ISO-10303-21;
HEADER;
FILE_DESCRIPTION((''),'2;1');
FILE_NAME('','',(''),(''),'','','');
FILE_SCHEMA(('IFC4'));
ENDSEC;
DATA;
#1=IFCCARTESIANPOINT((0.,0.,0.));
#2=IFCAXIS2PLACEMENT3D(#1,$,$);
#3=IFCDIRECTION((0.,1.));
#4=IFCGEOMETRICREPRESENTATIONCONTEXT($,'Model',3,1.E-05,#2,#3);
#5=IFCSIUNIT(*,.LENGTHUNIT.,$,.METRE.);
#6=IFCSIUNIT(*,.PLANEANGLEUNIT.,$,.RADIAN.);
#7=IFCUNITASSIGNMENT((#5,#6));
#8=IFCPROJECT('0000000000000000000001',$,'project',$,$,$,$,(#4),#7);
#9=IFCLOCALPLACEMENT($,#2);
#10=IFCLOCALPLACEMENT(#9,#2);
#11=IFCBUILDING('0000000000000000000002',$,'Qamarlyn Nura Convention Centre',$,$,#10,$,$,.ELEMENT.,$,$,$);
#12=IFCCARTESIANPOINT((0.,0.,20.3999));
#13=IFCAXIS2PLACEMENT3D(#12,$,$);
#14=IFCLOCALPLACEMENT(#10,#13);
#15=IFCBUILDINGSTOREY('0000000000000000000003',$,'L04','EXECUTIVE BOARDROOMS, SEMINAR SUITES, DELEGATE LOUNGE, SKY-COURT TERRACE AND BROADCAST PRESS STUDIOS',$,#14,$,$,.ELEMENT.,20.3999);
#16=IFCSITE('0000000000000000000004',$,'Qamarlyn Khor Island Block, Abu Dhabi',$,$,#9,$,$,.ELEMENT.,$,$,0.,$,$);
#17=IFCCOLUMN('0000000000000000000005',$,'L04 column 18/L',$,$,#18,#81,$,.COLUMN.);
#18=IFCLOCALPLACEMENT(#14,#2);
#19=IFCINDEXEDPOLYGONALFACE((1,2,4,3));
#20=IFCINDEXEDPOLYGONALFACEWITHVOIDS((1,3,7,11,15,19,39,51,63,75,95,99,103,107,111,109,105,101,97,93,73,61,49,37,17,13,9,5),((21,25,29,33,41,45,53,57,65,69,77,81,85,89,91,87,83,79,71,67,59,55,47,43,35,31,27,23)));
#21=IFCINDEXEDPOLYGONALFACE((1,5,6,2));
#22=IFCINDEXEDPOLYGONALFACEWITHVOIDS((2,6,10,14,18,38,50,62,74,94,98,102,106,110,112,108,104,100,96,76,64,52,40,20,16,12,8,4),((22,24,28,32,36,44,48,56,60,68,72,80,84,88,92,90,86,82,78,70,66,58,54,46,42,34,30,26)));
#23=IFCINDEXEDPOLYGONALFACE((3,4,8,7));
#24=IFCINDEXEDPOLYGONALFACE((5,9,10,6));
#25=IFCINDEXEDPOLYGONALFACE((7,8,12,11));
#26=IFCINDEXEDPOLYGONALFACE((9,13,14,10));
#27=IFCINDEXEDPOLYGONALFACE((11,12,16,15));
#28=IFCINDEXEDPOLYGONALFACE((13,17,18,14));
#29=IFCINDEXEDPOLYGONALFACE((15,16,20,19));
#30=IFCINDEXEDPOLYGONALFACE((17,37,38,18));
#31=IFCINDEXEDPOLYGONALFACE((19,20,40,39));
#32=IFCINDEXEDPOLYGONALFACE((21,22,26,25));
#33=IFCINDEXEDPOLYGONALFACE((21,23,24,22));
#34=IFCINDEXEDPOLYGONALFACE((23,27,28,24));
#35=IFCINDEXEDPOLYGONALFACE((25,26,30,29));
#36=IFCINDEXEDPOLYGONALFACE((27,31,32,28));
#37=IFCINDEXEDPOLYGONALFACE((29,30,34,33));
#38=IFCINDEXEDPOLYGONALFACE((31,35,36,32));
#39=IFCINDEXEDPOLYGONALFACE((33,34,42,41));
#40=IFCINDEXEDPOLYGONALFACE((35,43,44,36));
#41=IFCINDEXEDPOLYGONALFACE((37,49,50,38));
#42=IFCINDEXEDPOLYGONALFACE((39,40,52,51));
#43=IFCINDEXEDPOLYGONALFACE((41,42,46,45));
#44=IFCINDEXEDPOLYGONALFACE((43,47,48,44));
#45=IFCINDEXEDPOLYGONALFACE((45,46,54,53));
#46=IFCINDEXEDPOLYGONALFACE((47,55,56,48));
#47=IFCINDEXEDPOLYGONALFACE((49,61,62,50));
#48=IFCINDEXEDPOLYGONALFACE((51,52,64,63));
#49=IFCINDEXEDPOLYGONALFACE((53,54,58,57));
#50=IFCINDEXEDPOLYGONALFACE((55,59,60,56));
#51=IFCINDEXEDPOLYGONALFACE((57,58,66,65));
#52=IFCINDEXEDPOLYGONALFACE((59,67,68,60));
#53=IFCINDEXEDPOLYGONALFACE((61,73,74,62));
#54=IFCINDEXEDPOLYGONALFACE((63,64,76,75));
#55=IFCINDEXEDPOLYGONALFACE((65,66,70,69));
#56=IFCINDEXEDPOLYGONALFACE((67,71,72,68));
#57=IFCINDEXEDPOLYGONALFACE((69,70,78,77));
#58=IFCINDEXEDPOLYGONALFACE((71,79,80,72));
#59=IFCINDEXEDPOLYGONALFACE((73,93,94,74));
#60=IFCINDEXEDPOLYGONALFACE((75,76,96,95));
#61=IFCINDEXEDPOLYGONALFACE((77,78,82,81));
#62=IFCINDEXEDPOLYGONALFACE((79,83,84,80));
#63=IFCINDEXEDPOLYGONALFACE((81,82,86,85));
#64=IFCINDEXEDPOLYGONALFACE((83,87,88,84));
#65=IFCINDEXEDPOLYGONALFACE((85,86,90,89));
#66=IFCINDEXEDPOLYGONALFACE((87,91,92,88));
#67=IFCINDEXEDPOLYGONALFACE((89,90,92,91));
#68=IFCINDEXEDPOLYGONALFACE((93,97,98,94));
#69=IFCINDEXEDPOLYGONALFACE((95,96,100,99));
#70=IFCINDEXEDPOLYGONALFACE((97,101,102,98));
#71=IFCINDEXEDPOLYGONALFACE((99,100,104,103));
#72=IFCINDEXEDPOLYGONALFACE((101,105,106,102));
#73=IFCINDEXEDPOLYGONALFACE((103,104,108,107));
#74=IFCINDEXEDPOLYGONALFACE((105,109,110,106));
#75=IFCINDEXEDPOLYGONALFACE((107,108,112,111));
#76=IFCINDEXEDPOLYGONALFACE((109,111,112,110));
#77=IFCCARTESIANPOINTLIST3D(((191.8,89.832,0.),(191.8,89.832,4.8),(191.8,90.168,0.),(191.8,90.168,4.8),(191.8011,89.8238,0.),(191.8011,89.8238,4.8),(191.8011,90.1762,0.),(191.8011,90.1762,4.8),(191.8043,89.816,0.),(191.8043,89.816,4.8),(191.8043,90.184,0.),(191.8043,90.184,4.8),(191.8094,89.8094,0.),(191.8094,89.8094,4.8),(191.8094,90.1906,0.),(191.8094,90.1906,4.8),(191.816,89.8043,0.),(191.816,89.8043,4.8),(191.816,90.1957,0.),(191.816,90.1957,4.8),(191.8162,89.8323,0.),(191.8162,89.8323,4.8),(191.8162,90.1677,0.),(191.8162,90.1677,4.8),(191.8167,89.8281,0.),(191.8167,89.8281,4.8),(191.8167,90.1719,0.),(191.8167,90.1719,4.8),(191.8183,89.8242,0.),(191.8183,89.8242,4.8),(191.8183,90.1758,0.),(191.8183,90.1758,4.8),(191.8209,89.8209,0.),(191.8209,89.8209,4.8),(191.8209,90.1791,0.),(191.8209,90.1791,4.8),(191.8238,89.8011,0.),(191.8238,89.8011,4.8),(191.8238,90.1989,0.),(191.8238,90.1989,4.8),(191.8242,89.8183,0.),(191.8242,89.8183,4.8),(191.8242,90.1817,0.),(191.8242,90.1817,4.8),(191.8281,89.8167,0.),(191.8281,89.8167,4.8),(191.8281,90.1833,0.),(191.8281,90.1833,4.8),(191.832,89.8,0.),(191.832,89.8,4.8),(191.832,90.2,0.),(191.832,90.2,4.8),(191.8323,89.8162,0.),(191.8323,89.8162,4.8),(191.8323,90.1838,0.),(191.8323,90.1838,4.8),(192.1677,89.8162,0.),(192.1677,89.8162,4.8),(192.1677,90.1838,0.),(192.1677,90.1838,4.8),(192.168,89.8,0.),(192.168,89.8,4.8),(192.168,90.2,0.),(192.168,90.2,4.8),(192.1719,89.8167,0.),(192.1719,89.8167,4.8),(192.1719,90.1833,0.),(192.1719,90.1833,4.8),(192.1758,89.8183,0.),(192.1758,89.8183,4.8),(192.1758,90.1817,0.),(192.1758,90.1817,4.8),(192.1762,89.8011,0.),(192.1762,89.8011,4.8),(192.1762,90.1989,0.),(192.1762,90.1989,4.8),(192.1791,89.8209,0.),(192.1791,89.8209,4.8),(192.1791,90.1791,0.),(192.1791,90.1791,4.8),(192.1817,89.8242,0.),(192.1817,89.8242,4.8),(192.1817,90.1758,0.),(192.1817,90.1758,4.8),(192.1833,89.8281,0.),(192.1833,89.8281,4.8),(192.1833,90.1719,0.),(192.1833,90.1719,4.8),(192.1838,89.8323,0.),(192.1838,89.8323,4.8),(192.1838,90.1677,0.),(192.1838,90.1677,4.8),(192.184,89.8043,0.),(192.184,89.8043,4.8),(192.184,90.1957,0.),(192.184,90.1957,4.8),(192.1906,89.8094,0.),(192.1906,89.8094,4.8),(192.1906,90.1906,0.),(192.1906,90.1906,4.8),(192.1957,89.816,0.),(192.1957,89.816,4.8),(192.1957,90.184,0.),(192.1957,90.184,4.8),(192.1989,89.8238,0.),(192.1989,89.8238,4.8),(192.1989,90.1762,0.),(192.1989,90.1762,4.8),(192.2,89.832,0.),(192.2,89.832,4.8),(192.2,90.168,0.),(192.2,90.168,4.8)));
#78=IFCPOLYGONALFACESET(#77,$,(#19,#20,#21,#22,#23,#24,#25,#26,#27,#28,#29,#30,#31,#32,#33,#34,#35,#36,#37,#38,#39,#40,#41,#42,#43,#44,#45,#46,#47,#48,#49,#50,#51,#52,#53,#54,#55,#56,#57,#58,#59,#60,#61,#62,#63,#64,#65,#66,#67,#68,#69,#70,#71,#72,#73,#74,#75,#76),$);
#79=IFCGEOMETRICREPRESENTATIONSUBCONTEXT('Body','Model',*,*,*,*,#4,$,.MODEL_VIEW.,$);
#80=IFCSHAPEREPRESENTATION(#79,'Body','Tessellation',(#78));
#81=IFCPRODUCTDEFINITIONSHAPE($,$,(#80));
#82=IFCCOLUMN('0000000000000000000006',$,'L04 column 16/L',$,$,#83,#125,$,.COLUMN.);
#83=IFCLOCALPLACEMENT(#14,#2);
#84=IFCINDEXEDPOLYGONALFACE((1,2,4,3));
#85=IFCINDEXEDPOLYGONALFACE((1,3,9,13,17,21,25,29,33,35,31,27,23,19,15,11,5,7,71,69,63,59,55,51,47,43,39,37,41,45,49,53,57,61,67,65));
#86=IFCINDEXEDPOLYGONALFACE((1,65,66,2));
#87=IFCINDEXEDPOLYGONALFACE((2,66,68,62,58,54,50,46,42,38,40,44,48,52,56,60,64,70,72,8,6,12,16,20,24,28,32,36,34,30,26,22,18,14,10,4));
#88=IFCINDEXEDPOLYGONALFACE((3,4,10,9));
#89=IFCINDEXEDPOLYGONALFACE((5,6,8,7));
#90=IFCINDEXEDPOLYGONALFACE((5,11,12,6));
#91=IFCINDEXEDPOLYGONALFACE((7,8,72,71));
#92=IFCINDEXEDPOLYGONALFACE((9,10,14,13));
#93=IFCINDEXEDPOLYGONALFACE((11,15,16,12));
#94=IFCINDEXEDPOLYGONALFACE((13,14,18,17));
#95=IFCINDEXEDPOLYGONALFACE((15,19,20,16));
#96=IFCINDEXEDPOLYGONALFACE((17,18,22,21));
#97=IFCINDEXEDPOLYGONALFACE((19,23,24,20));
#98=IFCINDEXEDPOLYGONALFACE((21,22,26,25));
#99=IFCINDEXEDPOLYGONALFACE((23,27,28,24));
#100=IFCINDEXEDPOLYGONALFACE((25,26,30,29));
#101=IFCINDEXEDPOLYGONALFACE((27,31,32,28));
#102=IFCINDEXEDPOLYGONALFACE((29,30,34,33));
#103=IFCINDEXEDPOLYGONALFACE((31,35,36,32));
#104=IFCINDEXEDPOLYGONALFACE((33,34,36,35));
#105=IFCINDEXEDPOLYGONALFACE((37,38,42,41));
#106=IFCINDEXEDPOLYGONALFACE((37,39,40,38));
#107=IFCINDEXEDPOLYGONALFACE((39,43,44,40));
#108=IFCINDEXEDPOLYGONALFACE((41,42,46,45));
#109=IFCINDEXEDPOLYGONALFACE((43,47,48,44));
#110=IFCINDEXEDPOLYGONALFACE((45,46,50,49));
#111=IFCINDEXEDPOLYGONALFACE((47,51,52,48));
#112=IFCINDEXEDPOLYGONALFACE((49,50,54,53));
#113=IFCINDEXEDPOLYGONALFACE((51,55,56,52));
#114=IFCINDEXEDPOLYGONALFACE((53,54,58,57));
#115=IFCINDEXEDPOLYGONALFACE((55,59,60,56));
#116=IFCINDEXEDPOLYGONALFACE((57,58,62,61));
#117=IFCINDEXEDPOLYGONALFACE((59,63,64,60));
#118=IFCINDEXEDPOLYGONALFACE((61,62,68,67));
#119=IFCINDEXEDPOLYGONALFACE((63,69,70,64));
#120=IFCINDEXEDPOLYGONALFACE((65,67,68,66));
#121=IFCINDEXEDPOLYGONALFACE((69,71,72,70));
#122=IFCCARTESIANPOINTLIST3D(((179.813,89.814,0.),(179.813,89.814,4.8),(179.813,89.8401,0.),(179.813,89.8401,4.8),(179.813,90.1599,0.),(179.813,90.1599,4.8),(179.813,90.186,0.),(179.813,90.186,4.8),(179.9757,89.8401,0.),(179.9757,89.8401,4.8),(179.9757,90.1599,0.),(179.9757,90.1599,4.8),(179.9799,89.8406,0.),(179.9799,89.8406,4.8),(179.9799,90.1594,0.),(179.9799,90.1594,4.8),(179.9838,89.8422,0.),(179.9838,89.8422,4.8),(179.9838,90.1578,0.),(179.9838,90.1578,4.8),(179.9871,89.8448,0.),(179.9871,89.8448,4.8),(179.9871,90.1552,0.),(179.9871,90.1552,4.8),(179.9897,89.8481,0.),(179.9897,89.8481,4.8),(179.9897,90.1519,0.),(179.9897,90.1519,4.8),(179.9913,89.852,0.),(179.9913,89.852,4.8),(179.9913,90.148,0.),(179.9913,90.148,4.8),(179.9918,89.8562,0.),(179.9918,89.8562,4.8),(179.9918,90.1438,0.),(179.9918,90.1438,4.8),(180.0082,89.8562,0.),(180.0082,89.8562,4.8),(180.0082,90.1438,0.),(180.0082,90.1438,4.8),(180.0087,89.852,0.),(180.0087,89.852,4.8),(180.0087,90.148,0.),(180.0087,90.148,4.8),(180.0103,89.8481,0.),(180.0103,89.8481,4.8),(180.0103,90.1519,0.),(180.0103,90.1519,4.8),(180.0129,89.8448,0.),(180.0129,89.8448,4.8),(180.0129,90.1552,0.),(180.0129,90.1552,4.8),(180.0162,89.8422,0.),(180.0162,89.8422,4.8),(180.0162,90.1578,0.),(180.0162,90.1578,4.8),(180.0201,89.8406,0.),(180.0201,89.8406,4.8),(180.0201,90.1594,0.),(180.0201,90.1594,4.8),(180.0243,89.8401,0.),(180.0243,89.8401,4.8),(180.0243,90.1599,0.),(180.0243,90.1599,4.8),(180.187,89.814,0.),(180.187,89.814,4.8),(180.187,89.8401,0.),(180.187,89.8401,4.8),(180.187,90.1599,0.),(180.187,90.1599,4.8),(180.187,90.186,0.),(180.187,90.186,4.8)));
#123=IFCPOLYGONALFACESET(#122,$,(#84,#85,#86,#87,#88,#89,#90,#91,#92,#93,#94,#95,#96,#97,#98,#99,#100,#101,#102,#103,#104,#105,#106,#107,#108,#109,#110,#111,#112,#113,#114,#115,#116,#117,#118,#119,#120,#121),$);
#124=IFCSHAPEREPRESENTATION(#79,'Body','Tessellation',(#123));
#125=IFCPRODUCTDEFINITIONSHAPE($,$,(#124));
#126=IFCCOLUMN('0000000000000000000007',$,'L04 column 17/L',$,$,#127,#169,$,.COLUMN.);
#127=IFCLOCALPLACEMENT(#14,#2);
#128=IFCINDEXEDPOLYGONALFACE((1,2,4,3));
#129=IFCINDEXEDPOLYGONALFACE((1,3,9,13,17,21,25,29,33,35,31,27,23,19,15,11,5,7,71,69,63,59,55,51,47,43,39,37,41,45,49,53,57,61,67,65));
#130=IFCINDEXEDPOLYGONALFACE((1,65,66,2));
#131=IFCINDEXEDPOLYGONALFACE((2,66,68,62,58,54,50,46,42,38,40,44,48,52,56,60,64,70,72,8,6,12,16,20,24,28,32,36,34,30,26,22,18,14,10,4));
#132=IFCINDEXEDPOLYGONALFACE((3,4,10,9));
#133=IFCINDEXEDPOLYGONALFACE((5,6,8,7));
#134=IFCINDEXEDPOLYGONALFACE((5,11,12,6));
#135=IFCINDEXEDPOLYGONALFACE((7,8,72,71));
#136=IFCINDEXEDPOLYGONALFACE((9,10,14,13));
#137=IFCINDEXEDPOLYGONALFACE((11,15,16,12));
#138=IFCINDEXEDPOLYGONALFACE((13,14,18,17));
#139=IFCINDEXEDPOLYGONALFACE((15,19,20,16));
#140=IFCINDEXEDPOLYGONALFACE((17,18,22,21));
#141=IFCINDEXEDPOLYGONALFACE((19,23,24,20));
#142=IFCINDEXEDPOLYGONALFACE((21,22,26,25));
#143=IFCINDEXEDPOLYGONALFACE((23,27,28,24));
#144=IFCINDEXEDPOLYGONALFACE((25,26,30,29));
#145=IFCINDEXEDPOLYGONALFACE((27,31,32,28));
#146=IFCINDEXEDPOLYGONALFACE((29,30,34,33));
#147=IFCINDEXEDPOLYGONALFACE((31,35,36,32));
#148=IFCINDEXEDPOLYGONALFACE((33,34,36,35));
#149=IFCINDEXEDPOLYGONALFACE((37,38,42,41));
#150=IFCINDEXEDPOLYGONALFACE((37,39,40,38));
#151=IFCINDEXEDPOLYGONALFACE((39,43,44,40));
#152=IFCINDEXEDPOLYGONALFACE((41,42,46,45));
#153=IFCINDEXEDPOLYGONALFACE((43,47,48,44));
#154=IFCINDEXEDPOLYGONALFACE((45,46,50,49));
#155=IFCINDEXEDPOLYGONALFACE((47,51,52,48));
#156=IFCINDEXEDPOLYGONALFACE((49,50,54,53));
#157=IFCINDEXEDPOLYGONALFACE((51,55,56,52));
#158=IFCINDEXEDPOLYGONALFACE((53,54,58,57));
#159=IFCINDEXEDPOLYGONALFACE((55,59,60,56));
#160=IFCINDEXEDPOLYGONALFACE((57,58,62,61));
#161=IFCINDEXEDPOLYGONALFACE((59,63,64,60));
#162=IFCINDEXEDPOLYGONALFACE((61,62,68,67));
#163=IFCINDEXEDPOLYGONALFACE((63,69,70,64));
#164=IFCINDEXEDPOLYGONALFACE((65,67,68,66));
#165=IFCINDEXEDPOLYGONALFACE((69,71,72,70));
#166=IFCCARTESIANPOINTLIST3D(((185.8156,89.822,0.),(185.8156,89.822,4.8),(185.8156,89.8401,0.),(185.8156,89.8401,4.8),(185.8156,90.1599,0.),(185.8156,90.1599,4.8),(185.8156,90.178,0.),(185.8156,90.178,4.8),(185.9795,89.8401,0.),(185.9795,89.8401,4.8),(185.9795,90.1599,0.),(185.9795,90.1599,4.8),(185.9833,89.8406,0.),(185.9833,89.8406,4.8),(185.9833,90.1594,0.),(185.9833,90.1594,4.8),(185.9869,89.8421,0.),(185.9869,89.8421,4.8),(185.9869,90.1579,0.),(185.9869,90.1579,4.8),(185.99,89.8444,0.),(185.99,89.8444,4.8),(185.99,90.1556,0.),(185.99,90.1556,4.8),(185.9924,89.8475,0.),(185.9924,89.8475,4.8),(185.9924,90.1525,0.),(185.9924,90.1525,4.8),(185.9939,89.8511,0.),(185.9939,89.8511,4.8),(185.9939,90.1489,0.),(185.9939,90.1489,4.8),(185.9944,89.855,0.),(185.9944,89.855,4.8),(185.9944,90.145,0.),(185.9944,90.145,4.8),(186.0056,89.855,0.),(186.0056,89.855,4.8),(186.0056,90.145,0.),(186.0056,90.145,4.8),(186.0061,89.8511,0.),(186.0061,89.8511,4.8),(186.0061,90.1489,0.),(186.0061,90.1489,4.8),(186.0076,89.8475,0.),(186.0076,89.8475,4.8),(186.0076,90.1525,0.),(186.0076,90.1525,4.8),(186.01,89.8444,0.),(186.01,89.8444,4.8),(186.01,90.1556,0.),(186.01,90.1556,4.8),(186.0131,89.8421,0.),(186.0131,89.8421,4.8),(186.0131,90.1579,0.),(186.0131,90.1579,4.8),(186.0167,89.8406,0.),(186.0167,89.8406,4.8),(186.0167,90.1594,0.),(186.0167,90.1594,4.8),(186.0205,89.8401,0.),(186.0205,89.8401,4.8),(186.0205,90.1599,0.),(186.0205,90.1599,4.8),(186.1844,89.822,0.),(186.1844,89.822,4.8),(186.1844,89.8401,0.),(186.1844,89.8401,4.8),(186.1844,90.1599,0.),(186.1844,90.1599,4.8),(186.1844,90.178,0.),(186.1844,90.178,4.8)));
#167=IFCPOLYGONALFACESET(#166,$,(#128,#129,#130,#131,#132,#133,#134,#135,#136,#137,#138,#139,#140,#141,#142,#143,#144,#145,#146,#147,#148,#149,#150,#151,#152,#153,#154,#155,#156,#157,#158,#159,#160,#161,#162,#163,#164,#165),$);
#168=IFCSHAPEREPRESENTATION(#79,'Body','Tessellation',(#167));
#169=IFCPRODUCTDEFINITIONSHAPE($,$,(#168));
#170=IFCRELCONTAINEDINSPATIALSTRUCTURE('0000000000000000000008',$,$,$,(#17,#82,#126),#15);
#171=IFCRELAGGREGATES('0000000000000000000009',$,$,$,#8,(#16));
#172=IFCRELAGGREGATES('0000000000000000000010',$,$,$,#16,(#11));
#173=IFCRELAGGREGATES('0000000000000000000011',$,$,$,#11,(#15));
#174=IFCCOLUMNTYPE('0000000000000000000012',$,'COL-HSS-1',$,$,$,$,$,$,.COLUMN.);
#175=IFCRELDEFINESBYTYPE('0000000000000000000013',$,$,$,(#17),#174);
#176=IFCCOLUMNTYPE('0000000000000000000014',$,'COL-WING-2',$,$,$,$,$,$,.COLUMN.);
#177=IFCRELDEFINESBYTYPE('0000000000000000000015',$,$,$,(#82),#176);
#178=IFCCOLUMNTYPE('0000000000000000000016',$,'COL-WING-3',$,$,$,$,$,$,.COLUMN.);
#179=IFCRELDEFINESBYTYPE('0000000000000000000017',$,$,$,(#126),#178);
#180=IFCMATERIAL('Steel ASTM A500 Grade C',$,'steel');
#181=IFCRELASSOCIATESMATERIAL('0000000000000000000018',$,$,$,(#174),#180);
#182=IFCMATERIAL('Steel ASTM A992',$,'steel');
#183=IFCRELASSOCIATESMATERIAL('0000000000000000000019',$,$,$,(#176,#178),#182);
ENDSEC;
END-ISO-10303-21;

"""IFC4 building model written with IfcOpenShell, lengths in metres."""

from ifc_helpers import new_model, si_unit, direction, frame, origin, origin_2d, place, context, subcontext, project, spatial, hollow_rectangle, i_section, extrude, material, material_profile, profile_set, type_object, element, save


model = new_model("IFC4")

# Units and contexts
model_context = context("Model", 3, precision=1e-05, world=origin(), true_north=direction((0.0, 1.0)))
body_context = subcontext(model_context, "Body", "Model", "MODEL_VIEW")
ifc_project = project(units=[si_unit("LENGTHUNIT", "METRE"), si_unit("PLANEANGLEUNIT", "RADIAN")], contexts=[model_context])

# Site, building, storey
site_placement = place(None, origin())
site = spatial("IfcSite", under=ifc_project, at=site_placement, Name="Qamarlyn Khor Island Block, Abu Dhabi", CompositionType="ELEMENT", RefElevation=0.0)
building_placement = place(site_placement, origin())
building = spatial("IfcBuilding", under=site, at=building_placement, Name="Qamarlyn Nura Convention Centre", CompositionType="ELEMENT")
storey_placement = place(building_placement, frame((0.0, 0.0, 20.3999)))
storey = spatial("IfcBuildingStorey", under=building, at=storey_placement, Name="L04", Description="EXECUTIVE BOARDROOMS, SEMINAR SUITES, DELEGATE LOUNGE, SKY-COURT TERRACE AND BROADCAST PRESS STUDIOS", CompositionType="ELEMENT", Elevation=20.3999)

# Columns
ifc_material_1 = material(Name="Steel ASTM A500 Grade C", Category="steel")
ifc_material_profile_1 = material_profile(ifc_material_1, hollow_rectangle(XDim=0.3999, YDim=0.3999, WallThickness=0.0161, InnerFilletRadius=0.0161, OuterFilletRadius=0.032, at=origin_2d()), Name="HSS400X400X16")
ifc_profile_set_1 = profile_set([ifc_material_profile_1], Name="Steel ASTM A500 Grade C")
column_type_1 = type_object("IfcColumnType", Name="COL-HSS-1", PredefinedType="COLUMN", material=ifc_profile_set_1)
column_1_placement = place(storey_placement, frame((192.0, 90.0, 0.0), z_axis=(0.0, 0.0, 1.0), x_axis=(1.0, 0.0, 0.0)))
element("IfcColumn", 1, at=column_1_placement, inside=storey, type_object=column_type_1, Name="L04 column 18/L", PredefinedType="COLUMN", context=body_context, shape_type="SweptSolid", body=[
    extrude(hollow_rectangle(XDim=0.3999, YDim=0.3999, WallThickness=0.0161, InnerFilletRadius=0.0161, OuterFilletRadius=0.032, at=origin_2d()), origin(), (0.0, 0.0, 1.0), 4.8),
])
ifc_material_2 = material(Name="Steel ASTM A992", Category="steel")
ifc_material_profile_2 = material_profile(ifc_material_2, i_section(OverallWidth=0.374, OverallDepth=0.3721, WebThickness=0.0164, FlangeThickness=0.0261, FilletRadius=0.0161, at=origin_2d()), Name="W360X196")
ifc_profile_set_2 = profile_set([ifc_material_profile_2], Name="Steel ASTM A992")
column_type_2 = type_object("IfcColumnType", Name="COL-WING-2", PredefinedType="COLUMN", material=ifc_profile_set_2)
column_2_placement = place(storey_placement, frame((180.0, 90.0, 0.0), z_axis=(0.0, 0.0, 1.0), x_axis=(1.0, 0.0, 0.0)))
element("IfcColumn", 2, at=column_2_placement, inside=storey, type_object=column_type_2, Name="L04 column 16/L", PredefinedType="COLUMN", context=body_context, shape_type="SweptSolid", body=[
    extrude(i_section(OverallWidth=0.374, OverallDepth=0.3721, WebThickness=0.0164, FlangeThickness=0.0261, FilletRadius=0.0161, at=origin_2d()), origin(), (0.0, 0.0, 1.0), 4.8),
])
ifc_material_profile_3 = material_profile(ifc_material_2, i_section(OverallWidth=0.3689, OverallDepth=0.356, WebThickness=0.0112, FlangeThickness=0.0181, FilletRadius=0.0149, at=origin_2d()), Name="W360X134")
ifc_profile_set_3 = profile_set([ifc_material_profile_3], Name="Steel ASTM A992")
column_type_3 = type_object("IfcColumnType", Name="COL-WING-3", PredefinedType="COLUMN", material=ifc_profile_set_3)
column_3_placement = place(storey_placement, frame((186.0, 90.0, 0.0), z_axis=(0.0, 0.0, 1.0), x_axis=(1.0, 0.0, 0.0)))
element("IfcColumn", 3, at=column_3_placement, inside=storey, type_object=column_type_3, Name="L04 column 17/L", PredefinedType="COLUMN", context=body_context, shape_type="SweptSolid", body=[
    extrude(i_section(OverallWidth=0.3689, OverallDepth=0.356, WebThickness=0.0112, FlangeThickness=0.0181, FilletRadius=0.0149, at=origin_2d()), origin(), (0.0, 0.0, 1.0), 4.8),
])

save(model, "model.ifc")
